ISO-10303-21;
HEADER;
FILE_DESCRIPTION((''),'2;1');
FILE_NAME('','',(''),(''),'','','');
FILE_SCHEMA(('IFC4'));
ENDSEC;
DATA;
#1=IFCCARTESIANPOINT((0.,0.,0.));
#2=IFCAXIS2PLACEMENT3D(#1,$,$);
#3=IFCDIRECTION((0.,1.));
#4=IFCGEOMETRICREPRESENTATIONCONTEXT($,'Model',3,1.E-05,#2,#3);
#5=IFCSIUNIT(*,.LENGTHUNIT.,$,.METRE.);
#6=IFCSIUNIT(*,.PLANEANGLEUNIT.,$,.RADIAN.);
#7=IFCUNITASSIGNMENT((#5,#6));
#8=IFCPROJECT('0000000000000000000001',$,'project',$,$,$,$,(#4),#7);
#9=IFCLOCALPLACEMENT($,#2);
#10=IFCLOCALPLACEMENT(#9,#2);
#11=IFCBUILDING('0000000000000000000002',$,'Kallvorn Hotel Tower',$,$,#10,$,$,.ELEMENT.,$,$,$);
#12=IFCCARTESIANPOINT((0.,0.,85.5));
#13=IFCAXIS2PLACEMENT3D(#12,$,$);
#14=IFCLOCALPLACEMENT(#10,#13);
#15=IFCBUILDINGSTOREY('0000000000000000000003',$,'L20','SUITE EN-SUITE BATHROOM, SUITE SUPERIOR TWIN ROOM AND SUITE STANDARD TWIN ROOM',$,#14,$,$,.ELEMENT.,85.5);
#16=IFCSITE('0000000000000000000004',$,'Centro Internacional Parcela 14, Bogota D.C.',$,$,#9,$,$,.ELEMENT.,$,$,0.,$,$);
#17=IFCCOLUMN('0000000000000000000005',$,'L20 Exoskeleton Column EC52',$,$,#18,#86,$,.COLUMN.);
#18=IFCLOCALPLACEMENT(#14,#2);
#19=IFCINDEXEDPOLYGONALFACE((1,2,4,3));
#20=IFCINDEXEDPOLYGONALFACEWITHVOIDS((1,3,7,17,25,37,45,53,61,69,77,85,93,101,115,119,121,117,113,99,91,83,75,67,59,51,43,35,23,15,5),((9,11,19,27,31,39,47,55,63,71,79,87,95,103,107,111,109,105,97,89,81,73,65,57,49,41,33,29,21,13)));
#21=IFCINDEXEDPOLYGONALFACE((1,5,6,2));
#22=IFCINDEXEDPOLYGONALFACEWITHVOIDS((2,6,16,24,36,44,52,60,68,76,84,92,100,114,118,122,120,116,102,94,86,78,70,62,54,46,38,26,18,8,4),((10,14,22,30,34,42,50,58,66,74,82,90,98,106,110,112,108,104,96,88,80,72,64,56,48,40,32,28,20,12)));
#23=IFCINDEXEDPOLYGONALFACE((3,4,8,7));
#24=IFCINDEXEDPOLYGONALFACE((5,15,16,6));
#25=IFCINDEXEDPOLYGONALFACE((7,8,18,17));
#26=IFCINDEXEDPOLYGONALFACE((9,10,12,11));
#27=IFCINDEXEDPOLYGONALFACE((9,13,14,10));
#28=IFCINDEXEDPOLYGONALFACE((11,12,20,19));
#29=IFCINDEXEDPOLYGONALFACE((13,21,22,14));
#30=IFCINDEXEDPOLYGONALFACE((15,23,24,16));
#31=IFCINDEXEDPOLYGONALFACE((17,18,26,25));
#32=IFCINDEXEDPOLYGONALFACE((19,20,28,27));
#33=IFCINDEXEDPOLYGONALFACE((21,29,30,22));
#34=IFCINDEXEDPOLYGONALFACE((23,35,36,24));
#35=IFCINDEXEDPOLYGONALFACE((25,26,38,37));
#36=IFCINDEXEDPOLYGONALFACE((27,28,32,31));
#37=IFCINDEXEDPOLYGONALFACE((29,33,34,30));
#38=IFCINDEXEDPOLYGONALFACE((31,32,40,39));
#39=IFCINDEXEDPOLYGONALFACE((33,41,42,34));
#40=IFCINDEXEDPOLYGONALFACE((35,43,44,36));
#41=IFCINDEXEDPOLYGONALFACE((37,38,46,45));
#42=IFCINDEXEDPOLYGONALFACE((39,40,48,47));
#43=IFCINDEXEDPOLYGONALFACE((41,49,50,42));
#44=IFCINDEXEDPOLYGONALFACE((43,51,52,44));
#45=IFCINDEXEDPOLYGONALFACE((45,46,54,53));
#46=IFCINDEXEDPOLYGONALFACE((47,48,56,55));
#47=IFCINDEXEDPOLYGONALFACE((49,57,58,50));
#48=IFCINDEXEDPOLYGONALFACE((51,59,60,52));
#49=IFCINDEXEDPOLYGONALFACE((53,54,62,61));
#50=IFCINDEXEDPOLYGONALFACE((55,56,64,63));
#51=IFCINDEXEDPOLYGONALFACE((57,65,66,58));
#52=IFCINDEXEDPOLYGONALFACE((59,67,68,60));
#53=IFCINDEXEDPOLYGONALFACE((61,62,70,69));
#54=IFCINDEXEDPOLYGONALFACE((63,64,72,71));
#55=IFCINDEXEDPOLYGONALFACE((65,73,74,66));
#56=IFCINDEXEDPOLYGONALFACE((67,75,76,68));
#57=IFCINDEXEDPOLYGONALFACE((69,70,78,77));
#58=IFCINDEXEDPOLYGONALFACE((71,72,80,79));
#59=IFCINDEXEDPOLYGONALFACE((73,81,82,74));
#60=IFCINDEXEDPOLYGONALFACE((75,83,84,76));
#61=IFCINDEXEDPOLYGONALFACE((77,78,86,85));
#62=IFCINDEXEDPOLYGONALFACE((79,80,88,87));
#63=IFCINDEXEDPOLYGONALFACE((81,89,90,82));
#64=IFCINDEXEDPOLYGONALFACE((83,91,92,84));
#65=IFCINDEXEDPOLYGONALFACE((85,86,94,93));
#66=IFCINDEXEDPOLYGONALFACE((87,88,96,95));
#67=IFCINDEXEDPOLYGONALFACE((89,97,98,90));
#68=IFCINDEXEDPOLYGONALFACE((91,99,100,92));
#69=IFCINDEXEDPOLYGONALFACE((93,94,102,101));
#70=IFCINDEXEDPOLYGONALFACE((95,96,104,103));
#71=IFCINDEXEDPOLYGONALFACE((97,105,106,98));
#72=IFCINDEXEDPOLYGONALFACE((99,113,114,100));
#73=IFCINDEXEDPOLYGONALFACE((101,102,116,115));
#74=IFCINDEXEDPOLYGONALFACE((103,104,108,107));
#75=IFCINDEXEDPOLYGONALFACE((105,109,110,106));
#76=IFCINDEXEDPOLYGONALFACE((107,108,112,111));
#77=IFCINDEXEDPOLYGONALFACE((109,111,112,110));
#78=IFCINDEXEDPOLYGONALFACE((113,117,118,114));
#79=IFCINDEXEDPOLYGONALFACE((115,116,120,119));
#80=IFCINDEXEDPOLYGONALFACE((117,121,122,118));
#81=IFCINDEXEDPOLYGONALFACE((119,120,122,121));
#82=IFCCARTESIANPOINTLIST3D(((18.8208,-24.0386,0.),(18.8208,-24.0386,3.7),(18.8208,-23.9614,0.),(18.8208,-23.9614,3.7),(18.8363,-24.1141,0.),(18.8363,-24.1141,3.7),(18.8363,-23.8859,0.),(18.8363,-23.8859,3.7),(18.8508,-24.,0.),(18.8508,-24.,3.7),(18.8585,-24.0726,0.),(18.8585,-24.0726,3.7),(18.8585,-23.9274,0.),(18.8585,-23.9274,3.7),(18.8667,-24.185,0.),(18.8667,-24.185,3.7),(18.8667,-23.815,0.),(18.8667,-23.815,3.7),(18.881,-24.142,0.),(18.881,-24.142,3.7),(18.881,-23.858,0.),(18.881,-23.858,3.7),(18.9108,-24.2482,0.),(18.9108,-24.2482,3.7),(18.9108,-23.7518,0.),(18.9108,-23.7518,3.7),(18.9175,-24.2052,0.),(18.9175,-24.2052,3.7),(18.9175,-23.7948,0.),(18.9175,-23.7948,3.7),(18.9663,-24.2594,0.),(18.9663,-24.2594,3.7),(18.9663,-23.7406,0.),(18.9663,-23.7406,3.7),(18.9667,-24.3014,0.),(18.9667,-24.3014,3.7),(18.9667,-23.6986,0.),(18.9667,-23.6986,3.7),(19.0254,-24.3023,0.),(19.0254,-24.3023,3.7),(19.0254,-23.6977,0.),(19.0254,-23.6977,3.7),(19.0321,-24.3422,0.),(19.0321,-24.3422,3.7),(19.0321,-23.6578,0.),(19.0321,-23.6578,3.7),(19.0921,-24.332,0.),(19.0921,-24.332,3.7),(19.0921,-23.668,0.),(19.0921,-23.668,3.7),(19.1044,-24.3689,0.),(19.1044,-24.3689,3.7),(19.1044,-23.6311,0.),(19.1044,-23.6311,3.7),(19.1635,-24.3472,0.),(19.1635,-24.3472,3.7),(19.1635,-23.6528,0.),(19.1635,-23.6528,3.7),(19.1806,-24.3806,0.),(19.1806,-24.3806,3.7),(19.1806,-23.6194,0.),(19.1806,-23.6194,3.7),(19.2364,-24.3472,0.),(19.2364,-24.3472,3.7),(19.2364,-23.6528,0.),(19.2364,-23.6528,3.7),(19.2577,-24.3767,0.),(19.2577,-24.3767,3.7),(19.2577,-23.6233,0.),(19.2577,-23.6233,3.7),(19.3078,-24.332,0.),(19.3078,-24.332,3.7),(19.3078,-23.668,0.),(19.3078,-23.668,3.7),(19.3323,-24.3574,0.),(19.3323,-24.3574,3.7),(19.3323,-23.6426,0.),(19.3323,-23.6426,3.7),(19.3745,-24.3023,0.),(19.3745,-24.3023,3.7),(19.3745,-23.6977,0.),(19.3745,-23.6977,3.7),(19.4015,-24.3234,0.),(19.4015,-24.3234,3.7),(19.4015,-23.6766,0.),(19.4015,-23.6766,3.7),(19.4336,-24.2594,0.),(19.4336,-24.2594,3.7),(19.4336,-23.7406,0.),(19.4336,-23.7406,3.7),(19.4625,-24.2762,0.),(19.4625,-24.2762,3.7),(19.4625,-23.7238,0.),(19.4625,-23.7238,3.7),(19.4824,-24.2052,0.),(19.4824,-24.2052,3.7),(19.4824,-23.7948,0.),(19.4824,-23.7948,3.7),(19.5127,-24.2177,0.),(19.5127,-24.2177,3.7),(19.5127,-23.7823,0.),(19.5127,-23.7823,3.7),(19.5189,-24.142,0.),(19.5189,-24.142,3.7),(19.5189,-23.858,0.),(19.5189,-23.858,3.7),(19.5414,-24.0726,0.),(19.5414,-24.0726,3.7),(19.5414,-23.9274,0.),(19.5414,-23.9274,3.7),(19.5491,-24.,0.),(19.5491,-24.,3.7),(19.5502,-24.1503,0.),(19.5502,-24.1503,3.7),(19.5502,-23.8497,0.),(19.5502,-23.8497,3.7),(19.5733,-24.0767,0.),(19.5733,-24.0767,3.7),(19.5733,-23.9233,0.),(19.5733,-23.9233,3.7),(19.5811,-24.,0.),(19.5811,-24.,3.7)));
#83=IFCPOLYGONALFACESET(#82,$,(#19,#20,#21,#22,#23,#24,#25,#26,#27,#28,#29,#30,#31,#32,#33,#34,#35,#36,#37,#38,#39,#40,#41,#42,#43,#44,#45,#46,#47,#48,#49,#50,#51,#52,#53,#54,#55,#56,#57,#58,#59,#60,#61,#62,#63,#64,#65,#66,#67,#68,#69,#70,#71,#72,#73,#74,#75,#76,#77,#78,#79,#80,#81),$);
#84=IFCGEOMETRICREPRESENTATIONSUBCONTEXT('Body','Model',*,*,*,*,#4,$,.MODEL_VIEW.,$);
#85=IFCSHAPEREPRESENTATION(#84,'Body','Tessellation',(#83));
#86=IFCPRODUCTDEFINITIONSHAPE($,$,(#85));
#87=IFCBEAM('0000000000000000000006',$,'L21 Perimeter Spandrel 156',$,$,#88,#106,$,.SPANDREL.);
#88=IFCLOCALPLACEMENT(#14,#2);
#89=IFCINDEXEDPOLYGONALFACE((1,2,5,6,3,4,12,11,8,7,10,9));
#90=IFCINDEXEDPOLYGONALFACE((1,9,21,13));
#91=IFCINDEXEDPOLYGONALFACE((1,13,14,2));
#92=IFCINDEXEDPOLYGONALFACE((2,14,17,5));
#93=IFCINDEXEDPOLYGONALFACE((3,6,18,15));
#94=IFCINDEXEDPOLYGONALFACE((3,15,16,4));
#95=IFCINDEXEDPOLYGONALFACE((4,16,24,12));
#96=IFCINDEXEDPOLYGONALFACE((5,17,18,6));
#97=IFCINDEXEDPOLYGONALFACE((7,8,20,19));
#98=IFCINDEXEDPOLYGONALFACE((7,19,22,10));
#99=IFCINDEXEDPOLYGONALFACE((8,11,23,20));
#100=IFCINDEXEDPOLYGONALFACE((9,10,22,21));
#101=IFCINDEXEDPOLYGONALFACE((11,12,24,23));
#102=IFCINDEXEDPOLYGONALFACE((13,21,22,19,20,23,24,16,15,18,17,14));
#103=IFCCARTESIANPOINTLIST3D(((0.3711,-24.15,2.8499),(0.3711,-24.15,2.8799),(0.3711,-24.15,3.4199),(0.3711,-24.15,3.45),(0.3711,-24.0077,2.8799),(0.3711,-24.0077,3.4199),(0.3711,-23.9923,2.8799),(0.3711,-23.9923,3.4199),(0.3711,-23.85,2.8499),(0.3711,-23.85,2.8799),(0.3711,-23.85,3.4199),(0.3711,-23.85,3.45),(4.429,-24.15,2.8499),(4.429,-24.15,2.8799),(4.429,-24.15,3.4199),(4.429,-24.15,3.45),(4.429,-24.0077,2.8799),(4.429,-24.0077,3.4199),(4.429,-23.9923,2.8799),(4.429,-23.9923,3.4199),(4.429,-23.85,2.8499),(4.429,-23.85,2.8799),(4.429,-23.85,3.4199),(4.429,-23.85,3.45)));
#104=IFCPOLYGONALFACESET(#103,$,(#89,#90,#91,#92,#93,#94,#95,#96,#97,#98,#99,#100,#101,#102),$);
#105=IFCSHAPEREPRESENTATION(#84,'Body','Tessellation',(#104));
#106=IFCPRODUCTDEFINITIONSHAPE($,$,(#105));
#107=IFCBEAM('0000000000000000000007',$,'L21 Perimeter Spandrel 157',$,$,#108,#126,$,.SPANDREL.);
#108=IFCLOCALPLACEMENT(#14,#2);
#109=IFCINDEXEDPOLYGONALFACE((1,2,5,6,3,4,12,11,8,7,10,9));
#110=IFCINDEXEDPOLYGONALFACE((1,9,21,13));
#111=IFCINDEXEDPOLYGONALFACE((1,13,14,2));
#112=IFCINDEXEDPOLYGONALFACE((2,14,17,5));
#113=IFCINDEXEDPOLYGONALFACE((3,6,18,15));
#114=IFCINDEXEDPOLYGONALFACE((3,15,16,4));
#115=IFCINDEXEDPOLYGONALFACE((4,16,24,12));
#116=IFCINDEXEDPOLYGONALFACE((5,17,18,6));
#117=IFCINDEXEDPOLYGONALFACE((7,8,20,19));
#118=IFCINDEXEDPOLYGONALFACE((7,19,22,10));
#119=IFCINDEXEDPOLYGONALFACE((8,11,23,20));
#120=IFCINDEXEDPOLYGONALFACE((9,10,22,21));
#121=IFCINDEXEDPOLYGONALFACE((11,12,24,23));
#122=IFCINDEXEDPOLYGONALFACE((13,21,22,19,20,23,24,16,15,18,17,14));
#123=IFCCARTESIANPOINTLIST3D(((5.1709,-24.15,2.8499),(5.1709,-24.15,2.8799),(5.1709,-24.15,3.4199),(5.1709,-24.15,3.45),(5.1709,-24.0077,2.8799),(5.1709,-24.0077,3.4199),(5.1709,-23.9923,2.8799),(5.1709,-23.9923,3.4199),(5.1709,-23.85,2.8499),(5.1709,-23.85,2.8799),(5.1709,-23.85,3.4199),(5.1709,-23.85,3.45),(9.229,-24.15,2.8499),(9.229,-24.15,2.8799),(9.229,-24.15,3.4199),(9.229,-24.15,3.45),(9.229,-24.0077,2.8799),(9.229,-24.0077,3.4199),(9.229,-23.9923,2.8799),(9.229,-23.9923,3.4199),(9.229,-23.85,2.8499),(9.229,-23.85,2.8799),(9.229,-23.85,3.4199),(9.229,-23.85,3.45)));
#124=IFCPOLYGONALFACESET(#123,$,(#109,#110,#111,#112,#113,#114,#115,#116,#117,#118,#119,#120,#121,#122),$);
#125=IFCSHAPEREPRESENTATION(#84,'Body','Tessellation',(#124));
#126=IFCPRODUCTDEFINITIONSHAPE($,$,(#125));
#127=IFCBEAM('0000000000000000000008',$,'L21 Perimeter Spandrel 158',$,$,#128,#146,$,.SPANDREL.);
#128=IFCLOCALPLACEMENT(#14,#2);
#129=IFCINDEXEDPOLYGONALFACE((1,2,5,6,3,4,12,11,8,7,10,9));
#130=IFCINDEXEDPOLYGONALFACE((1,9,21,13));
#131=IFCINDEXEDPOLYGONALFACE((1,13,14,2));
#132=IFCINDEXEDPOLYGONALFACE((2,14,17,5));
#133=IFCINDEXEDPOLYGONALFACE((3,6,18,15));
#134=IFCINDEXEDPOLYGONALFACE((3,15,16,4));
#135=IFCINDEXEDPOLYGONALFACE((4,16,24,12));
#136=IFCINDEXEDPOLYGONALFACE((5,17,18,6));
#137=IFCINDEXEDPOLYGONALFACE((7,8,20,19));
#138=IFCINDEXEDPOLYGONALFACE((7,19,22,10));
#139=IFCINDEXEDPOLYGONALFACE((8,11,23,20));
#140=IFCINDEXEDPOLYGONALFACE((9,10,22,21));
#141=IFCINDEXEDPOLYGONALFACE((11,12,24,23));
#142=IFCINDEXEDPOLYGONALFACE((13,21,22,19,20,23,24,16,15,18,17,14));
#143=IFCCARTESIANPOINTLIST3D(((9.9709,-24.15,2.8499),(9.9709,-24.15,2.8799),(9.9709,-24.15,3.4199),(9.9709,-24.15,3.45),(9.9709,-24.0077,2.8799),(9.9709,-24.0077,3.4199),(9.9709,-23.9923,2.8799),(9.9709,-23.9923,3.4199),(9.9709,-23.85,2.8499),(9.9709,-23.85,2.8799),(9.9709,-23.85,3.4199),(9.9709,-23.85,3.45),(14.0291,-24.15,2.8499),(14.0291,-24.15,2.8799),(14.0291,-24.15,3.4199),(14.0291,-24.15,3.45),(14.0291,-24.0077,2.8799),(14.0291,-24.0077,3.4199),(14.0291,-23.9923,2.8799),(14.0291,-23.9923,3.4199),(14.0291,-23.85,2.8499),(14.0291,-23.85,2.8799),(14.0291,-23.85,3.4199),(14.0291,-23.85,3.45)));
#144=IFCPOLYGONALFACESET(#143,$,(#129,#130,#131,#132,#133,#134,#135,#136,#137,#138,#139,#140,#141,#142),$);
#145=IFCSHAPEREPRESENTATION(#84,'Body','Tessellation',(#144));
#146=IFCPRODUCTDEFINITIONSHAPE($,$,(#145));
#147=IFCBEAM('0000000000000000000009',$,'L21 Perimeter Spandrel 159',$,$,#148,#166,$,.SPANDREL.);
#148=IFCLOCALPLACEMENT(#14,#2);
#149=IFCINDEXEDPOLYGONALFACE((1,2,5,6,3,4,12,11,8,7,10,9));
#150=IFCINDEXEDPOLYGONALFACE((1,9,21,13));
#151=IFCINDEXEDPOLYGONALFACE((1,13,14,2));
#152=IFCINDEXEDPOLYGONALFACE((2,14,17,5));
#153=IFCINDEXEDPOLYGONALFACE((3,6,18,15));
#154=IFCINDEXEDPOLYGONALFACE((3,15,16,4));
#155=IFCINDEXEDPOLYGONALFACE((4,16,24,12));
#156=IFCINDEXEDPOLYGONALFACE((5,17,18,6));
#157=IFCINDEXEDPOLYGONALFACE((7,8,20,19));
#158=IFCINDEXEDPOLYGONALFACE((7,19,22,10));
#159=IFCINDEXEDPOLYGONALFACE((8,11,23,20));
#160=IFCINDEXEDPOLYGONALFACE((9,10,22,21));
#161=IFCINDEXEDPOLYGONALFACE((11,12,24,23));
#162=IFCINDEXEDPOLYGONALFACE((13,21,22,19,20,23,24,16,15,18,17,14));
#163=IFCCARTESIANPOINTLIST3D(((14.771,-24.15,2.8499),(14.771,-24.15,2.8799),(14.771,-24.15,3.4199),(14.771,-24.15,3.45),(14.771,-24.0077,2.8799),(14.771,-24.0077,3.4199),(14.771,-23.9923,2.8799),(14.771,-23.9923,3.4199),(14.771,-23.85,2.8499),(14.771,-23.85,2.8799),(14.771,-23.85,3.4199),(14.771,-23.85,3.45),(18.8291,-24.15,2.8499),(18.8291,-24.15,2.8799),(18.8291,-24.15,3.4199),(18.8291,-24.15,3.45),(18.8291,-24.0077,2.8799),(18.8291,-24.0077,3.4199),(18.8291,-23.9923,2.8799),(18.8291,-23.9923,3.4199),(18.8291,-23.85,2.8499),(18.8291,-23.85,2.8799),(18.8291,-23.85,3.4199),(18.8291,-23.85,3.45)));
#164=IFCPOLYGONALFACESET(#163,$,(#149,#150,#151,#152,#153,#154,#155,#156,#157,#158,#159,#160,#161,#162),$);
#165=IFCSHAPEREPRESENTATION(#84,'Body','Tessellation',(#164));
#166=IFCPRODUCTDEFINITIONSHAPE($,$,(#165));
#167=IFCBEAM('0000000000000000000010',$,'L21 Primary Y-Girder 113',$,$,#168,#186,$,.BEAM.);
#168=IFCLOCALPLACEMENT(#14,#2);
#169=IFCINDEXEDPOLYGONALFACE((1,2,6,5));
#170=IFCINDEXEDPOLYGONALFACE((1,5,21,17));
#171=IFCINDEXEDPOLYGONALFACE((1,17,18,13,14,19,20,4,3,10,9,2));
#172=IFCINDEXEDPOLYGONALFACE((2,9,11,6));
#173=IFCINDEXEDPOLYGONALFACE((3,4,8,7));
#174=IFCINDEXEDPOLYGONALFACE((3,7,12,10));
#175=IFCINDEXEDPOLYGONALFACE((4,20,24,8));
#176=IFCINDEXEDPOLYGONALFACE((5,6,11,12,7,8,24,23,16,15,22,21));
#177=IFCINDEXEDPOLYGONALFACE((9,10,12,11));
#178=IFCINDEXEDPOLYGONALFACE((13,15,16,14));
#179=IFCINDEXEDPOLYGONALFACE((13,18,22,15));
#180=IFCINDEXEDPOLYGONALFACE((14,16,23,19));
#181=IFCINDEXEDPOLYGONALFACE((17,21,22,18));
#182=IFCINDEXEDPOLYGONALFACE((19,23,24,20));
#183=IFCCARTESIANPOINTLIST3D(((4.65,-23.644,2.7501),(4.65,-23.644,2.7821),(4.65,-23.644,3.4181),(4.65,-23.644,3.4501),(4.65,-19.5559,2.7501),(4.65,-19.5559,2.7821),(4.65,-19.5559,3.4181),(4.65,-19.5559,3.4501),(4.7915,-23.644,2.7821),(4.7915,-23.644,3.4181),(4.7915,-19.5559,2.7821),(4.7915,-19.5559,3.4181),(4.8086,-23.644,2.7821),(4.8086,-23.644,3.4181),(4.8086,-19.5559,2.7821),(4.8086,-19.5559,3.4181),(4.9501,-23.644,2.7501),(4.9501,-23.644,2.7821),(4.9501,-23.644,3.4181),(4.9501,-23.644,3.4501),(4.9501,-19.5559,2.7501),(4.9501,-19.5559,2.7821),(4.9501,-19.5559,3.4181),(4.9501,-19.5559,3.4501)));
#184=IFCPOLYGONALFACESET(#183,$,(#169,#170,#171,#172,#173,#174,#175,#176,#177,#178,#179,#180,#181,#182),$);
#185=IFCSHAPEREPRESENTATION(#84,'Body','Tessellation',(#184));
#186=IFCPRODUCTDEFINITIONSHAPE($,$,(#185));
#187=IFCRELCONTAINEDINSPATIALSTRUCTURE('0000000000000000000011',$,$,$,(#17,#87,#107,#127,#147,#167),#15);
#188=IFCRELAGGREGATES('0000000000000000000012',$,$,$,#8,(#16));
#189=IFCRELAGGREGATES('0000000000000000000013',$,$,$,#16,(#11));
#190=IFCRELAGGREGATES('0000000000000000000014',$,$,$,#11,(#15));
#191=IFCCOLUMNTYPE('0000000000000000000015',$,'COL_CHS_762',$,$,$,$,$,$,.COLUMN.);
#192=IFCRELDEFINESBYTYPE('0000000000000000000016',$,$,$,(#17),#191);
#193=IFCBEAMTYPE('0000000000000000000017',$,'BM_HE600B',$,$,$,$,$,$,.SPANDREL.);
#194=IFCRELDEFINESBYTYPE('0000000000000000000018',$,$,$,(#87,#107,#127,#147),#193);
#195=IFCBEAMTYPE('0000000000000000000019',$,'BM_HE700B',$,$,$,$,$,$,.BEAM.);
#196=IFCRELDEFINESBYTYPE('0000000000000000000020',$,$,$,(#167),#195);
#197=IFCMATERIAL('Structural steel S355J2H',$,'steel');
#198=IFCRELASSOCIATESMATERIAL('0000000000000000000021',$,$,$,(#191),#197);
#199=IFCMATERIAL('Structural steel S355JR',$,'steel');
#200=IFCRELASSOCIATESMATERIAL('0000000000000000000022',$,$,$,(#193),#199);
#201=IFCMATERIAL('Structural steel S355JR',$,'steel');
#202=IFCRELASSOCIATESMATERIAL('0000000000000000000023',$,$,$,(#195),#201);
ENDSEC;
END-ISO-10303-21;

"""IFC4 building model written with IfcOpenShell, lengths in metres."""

from ifc_helpers import new_model, si_unit, direction, frame, origin, origin_2d, place, context, subcontext, project, spatial, hollow_circle, i_section, extrude, material, material_profile, profile_set, type_object, element, save


model = new_model("IFC4")

# Units and contexts
model_context = context("Model", 3, precision=1e-05, world=origin(), true_north=direction((0.0, 1.0)))
body_context = subcontext(model_context, "Body", "Model", "MODEL_VIEW")
ifc_project = project(units=[si_unit("LENGTHUNIT", "METRE"), si_unit("PLANEANGLEUNIT", "RADIAN")], contexts=[model_context])

# Site, building, storey
site_placement = place(None, origin())
site = spatial("IfcSite", under=ifc_project, at=site_placement, Name="Centro Internacional Parcela 14, Bogota D.C.", CompositionType="ELEMENT", RefElevation=0.0)
building_placement = place(site_placement, origin())
building = spatial("IfcBuilding", under=site, at=building_placement, Name="Kallvorn Hotel Tower", CompositionType="ELEMENT")
storey_placement = place(building_placement, frame((0.0, 0.0, 85.5)))
storey = spatial("IfcBuildingStorey", under=building, at=storey_placement, Name="L20", Description="SUITE EN-SUITE BATHROOM, SUITE SUPERIOR TWIN ROOM AND SUITE STANDARD TWIN ROOM", CompositionType="ELEMENT", Elevation=85.5)

# Column
ifc_material_1 = material(Name="Structural steel S355J2H", Category="steel")
ifc_material_profile_1 = material_profile(ifc_material_1, hollow_circle(Radius=0.3811, WallThickness=0.032, at=origin_2d()), Name="CHS 762x32")
ifc_profile_set_1 = profile_set([ifc_material_profile_1], Name="Structural steel S355J2H")
column_type = type_object("IfcColumnType", Name="COL_CHS_762", PredefinedType="COLUMN", material=ifc_profile_set_1)
for number, where, z_axis, x_axis, name in (
    (1, (19.2, -24.0, 0.0), (0.0, 0.0, 1.0), (1.0, 0.0, 0.0), "L20 Exoskeleton Column EC52"),
):
    element("IfcColumn", number, at=place(storey_placement, frame(where, z_axis=z_axis, x_axis=x_axis)), inside=storey, type_object=column_type, Name=name, PredefinedType="COLUMN", context=body_context, shape_type="SweptSolid", body=[
        extrude(hollow_circle(Radius=0.3811, WallThickness=0.032, at=origin_2d()), origin(), (0.0, 0.0, 1.0), 3.7),
    ])

# Beams
ifc_material_2 = material(Name="Structural steel S355JR", Category="steel")
ifc_material_profile_2 = material_profile(ifc_material_2, i_section(OverallWidth=0.3, OverallDepth=0.6001, WebThickness=0.0154, FlangeThickness=0.03, at=origin_2d()), Name="HE 600 B")
ifc_profile_set_2 = profile_set([ifc_material_profile_2], Name="Structural steel S355JR")
beam_type_1 = type_object("IfcBeamType", Name="BM_HE600B", PredefinedType="SPANDREL", material=ifc_profile_set_2)
beam_1_placement = place(storey_placement, frame((0.3711, -24.0, 3.1499), z_axis=(1.0, 0.0, 0.0), x_axis=(0.0, 1.0, 0.0)))
element("IfcBeam", 2, at=beam_1_placement, inside=storey, type_object=beam_type_1, Name="L21 Perimeter Spandrel 156", PredefinedType="SPANDREL", context=body_context, shape_type="SweptSolid", body=[
    extrude(i_section(OverallWidth=0.3, OverallDepth=0.6001, WebThickness=0.0154, FlangeThickness=0.03, at=origin_2d()), origin(), (0.0, 0.0, 1.0), 4.0579),
])
for number, where, z_axis, x_axis, name in (
    (3, (5.1709, -24.0, 3.1499), (1.0, 0.0, 0.0), (0.0, 1.0, 0.0), "L21 Perimeter Spandrel 157"),
    (4, (9.9709, -24.0, 3.1499), (1.0, 0.0, 0.0), (0.0, 1.0, 0.0), "L21 Perimeter Spandrel 158"),
    (5, (14.771, -24.0, 3.1499), (1.0, 0.0, 0.0), (0.0, 1.0, 0.0), "L21 Perimeter Spandrel 159"),
):
    element("IfcBeam", number, at=place(storey_placement, frame(where, z_axis=z_axis, x_axis=x_axis)), inside=storey, type_object=beam_type_1, Name=name, PredefinedType="SPANDREL", context=body_context, shape_type="SweptSolid", body=[
        extrude(i_section(OverallWidth=0.3, OverallDepth=0.6001, WebThickness=0.0154, FlangeThickness=0.03, at=origin_2d()), origin(), (0.0, 0.0, 1.0), 4.0581),
    ])
ifc_material_3 = material(Name="Structural steel S355JR", Category="steel")
ifc_material_profile_3 = material_profile(ifc_material_3, i_section(OverallWidth=0.3, OverallDepth=0.7, WebThickness=0.0171, FlangeThickness=0.032, at=origin_2d()), Name="HE 700 B")
ifc_profile_set_3 = profile_set([ifc_material_profile_3], Name="Structural steel S355JR")
beam_type_2 = type_object("IfcBeamType", Name="BM_HE700B", PredefinedType="BEAM", material=ifc_profile_set_3)
beam_2_placement = place(storey_placement, frame((4.8, -23.644, 3.1001), z_axis=(0.0, 1.0, 0.0), x_axis=(-1.0, 0.0, 0.0)))
element("IfcBeam", 6, at=beam_2_placement, inside=storey, type_object=beam_type_2, Name="L21 Primary Y-Girder 113", PredefinedType="BEAM", context=body_context, shape_type="SweptSolid", body=[
    extrude(i_section(OverallWidth=0.3, OverallDepth=0.7, WebThickness=0.0171, FlangeThickness=0.032, at=origin_2d()), origin(), (0.0, 0.0, 1.0), 4.0881),
])

save(model, "model.ifc")
